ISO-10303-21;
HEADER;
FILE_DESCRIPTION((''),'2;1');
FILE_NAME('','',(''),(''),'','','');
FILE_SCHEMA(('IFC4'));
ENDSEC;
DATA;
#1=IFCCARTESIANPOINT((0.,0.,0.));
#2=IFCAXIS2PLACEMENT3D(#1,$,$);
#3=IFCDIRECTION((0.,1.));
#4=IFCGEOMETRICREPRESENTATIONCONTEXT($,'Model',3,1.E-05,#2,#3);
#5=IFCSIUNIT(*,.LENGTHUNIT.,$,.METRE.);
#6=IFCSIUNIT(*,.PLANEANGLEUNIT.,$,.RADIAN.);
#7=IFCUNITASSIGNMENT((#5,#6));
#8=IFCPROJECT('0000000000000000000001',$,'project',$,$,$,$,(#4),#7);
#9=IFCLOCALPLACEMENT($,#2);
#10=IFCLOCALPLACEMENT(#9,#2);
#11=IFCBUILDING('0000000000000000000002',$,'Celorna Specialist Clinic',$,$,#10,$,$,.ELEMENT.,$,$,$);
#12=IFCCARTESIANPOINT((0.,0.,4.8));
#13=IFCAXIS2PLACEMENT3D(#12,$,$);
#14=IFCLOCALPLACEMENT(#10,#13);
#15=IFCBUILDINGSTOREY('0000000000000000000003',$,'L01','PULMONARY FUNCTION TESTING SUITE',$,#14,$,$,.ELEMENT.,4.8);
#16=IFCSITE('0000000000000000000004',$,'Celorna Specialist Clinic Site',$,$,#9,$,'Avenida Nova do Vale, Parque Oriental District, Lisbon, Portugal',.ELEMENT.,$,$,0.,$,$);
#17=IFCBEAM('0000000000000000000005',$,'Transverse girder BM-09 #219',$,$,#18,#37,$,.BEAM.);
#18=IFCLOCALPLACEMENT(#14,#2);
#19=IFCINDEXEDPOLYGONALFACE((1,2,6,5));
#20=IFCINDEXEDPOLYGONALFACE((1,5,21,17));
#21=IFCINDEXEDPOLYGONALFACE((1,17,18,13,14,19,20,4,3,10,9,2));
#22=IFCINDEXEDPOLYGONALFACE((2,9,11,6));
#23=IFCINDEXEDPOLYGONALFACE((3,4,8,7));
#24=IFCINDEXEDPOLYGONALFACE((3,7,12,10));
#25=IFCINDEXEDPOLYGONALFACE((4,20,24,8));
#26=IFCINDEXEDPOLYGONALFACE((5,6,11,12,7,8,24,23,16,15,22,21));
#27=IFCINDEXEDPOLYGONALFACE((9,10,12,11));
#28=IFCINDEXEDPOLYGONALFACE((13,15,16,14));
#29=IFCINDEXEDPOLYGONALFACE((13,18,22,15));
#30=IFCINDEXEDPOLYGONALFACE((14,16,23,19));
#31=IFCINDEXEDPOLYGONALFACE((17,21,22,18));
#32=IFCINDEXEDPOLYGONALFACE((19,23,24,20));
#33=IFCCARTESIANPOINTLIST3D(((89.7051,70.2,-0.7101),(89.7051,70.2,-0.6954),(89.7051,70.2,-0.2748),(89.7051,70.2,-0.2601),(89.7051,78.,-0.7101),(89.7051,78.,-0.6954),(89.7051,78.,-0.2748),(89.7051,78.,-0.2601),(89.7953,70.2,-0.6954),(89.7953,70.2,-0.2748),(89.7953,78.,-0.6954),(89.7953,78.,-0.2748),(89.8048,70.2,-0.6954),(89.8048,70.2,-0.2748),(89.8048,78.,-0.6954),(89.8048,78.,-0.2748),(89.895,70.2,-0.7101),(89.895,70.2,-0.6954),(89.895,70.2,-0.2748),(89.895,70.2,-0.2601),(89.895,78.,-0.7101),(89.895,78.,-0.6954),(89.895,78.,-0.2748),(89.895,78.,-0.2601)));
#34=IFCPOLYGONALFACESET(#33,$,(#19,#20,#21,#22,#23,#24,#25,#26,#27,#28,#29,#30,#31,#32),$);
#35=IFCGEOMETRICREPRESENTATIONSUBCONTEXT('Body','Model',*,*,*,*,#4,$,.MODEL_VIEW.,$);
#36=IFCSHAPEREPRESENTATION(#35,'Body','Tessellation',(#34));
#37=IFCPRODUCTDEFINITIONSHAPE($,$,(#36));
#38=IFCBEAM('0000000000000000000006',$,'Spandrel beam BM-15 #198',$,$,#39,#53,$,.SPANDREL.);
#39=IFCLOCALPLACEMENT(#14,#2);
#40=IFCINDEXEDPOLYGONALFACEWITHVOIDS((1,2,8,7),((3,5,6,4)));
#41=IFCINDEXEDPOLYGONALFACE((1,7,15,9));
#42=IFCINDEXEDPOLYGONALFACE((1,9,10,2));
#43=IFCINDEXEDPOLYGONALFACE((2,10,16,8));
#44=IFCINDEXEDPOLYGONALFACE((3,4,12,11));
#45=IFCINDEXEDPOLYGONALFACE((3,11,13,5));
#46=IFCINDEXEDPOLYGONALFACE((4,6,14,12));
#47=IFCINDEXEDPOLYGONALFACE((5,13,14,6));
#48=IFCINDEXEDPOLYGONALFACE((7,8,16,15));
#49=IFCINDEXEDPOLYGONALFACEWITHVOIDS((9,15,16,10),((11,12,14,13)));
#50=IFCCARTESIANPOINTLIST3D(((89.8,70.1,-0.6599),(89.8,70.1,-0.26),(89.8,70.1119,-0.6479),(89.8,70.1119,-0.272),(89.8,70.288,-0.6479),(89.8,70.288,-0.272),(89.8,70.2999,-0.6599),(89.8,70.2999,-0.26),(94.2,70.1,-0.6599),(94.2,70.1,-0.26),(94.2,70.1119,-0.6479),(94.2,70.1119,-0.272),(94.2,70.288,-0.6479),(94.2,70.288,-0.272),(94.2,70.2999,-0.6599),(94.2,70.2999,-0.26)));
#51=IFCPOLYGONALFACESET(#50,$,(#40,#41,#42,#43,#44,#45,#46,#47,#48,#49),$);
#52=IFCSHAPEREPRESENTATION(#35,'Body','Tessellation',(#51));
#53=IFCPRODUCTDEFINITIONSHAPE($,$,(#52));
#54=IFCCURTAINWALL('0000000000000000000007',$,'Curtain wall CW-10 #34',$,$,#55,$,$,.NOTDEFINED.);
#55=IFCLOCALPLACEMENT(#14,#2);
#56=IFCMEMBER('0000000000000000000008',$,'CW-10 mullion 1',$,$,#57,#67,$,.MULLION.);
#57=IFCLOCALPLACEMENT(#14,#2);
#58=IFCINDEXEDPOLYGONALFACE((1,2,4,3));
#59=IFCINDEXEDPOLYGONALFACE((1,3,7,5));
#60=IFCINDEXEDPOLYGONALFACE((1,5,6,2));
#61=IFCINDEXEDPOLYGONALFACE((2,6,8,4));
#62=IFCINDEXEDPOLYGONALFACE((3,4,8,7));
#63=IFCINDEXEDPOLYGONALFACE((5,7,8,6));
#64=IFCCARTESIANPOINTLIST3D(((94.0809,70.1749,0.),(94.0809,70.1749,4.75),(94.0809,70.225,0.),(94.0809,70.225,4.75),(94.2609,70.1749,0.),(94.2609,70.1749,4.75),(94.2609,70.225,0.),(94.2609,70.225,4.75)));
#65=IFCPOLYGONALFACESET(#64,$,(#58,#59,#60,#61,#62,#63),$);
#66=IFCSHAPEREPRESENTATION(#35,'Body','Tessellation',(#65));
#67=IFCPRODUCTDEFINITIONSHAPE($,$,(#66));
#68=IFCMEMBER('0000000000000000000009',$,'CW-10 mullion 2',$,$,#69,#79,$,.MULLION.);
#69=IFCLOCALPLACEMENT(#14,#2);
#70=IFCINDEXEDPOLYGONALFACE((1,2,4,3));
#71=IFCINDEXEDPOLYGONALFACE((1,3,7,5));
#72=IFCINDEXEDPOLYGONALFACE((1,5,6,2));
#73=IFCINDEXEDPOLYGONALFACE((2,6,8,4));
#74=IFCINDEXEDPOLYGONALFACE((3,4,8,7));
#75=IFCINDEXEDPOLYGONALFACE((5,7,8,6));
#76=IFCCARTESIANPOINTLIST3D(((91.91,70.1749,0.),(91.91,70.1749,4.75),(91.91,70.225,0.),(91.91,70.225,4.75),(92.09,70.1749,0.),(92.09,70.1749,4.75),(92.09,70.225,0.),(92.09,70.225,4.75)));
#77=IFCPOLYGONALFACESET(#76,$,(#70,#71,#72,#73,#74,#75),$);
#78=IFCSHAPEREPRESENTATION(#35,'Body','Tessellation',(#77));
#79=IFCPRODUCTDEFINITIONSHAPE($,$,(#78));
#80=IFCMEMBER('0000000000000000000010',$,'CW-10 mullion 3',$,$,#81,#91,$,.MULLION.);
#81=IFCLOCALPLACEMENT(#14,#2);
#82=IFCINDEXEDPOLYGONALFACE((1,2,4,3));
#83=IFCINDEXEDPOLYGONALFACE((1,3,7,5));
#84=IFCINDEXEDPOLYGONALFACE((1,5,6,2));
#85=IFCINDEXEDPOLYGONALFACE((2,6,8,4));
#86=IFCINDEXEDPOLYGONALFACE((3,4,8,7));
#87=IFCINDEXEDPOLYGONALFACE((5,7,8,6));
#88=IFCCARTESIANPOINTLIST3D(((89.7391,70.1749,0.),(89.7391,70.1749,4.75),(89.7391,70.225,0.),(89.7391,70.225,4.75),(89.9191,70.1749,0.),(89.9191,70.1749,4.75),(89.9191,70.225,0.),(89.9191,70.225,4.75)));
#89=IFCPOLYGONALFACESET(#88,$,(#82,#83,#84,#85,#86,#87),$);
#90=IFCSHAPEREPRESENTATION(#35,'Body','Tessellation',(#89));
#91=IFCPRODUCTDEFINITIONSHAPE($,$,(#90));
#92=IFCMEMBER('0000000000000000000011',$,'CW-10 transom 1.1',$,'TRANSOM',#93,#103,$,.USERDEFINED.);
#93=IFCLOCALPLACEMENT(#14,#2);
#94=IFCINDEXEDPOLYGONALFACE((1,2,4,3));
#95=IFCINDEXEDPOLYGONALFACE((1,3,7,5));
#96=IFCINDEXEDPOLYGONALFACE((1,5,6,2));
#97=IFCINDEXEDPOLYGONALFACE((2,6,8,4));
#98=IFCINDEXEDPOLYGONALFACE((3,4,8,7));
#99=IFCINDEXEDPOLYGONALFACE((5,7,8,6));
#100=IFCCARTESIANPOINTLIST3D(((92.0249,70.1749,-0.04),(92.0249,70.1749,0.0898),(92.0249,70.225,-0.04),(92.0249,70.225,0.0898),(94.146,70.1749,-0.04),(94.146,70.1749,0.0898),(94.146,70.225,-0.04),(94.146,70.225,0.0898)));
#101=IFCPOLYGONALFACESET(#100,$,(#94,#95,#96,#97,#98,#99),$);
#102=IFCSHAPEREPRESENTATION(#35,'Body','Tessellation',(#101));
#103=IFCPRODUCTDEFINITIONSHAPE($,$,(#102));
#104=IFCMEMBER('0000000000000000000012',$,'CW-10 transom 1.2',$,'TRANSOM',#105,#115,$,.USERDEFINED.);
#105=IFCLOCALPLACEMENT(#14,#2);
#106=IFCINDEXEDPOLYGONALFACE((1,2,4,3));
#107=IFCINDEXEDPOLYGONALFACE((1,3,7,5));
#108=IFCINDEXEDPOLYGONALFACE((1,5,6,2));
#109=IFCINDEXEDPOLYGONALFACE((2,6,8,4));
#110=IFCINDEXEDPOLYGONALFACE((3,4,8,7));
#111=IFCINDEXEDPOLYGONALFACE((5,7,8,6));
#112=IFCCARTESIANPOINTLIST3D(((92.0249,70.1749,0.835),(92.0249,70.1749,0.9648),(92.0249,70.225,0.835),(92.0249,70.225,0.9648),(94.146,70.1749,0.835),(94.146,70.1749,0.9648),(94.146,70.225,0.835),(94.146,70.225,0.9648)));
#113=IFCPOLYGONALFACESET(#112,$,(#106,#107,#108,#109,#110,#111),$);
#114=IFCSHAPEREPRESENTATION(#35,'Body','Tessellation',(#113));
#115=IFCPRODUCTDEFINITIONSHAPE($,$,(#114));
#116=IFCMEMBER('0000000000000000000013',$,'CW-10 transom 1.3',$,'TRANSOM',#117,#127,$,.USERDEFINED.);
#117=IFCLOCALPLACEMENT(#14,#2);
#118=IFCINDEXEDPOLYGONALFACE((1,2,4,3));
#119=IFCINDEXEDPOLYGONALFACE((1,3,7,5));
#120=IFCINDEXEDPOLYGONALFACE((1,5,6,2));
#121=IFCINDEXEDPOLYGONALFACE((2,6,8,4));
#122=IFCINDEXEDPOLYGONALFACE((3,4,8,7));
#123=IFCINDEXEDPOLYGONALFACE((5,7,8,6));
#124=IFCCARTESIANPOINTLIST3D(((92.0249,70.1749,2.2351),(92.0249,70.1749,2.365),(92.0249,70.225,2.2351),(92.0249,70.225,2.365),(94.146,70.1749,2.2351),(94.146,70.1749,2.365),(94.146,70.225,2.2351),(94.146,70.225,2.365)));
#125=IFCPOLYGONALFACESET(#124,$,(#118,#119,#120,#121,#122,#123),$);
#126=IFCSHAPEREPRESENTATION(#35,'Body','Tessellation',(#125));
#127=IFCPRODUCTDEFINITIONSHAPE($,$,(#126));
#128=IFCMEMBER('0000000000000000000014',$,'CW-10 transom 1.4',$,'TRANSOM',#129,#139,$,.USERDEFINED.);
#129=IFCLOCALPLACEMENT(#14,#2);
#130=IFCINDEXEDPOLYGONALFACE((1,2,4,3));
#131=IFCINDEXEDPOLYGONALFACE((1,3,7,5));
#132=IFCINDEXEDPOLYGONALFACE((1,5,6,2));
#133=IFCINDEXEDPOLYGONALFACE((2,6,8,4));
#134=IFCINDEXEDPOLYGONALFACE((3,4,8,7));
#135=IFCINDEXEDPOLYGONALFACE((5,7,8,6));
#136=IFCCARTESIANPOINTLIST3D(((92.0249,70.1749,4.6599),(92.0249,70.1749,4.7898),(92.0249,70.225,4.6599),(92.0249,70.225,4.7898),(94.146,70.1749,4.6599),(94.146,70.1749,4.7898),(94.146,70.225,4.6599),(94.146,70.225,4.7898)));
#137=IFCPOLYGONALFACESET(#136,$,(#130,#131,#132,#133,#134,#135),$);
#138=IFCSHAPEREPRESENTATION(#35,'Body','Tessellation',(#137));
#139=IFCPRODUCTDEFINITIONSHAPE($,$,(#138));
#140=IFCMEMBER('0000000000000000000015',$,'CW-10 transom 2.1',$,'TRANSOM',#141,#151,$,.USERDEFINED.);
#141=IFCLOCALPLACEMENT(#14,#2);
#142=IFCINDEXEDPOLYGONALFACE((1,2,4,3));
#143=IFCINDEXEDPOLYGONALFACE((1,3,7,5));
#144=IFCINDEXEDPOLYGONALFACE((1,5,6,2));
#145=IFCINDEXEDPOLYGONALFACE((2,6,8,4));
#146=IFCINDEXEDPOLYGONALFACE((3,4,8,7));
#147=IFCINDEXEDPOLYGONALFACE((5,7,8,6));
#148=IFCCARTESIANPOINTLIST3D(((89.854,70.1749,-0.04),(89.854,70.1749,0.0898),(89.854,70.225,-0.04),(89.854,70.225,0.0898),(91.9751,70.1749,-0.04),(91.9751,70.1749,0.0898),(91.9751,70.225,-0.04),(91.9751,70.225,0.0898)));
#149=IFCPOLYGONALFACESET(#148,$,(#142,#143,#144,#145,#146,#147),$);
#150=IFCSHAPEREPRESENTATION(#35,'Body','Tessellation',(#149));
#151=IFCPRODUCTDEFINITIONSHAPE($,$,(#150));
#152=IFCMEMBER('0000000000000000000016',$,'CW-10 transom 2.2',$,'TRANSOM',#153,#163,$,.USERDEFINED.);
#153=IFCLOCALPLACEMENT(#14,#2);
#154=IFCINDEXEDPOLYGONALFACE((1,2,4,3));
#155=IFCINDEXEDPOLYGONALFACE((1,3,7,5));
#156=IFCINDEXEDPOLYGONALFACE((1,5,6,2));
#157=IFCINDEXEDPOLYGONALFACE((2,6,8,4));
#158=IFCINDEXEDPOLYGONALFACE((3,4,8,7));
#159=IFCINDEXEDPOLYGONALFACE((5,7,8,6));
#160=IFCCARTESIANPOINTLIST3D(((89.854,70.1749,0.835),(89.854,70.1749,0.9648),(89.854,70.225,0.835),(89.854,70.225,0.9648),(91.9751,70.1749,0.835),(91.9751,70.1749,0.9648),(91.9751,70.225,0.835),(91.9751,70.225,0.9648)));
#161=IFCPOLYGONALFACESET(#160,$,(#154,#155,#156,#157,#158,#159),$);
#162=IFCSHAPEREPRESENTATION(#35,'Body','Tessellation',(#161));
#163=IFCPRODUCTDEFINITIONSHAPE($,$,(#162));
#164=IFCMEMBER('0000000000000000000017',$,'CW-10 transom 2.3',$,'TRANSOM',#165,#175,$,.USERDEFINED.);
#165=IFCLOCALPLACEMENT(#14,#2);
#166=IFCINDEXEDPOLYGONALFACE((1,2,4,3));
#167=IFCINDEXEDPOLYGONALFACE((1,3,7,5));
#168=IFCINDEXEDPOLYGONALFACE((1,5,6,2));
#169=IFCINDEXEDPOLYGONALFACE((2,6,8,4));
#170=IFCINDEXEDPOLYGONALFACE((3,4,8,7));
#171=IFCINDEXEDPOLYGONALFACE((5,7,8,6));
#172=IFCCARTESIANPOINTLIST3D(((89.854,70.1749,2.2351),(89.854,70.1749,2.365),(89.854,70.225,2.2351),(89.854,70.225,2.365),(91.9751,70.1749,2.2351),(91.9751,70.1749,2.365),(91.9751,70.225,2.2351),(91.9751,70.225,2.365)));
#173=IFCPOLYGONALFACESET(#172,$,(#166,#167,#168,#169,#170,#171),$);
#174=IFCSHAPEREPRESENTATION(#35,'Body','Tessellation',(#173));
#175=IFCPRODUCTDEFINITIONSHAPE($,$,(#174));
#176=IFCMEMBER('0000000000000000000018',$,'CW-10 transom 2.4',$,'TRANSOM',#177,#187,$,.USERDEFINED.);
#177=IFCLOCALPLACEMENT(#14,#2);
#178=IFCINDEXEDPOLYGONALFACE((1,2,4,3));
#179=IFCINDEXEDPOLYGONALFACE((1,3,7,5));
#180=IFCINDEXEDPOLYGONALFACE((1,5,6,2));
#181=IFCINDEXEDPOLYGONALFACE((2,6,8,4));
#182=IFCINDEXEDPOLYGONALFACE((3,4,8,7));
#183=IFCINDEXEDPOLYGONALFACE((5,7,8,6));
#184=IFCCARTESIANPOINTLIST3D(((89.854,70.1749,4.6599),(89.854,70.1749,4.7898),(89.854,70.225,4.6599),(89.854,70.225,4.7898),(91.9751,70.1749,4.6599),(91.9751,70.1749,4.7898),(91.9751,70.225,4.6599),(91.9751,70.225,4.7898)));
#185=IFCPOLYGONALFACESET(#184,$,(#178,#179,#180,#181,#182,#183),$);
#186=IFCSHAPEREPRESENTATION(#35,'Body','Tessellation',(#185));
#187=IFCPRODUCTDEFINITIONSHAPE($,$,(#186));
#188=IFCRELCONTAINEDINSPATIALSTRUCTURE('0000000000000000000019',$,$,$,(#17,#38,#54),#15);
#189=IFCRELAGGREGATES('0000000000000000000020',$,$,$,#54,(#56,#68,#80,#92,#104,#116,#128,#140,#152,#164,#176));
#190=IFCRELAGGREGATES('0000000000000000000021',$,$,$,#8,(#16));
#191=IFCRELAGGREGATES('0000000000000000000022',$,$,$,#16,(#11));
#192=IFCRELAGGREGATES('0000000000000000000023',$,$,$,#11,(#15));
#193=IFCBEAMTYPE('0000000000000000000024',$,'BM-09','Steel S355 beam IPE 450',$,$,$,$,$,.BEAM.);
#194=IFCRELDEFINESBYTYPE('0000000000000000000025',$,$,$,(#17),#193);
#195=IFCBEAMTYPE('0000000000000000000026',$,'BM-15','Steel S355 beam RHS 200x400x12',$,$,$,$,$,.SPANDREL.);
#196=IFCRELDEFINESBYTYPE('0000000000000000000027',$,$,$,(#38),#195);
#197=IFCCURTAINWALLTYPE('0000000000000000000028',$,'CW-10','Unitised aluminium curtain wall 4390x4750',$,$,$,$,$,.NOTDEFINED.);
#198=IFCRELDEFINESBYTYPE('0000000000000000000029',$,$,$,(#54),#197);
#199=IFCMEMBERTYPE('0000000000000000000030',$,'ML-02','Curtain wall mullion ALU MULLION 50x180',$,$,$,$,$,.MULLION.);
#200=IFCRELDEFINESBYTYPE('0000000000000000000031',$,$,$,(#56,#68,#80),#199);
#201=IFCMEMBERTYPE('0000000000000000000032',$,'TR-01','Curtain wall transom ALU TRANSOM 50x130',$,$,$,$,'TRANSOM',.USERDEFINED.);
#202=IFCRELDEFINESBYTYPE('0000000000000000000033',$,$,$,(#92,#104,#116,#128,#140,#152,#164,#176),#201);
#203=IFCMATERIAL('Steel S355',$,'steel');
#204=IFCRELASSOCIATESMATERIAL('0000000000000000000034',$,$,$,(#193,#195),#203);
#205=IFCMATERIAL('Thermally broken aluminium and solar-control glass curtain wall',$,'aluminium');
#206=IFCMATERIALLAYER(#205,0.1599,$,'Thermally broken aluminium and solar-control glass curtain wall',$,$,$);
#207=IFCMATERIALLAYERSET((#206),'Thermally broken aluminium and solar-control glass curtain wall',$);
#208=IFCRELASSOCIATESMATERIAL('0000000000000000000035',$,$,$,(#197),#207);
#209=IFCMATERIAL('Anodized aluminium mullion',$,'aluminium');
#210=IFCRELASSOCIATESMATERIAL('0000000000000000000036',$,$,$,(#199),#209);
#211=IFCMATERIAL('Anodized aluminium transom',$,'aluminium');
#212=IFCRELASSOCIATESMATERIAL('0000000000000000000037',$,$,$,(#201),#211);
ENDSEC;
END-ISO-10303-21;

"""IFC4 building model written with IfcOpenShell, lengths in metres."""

from ifc_helpers import new_model, si_unit, direction, frame, origin, origin_2d, place, context, subcontext, project, spatial, rectangle, hollow_rectangle, i_section, extrude, material, layer, layer_set, material_profile, profile_set, type_object, element, aggregate, save


model = new_model("IFC4")

# Units and contexts
model_context = context("Model", 3, precision=1e-05, world=origin(), true_north=direction((0.0, 1.0)))
body_context = subcontext(model_context, "Body", "Model", "MODEL_VIEW")
ifc_project = project(units=[si_unit("LENGTHUNIT", "METRE"), si_unit("PLANEANGLEUNIT", "RADIAN")], contexts=[model_context])

# Site, building, storey
site_placement = place(None, origin())
site = spatial("IfcSite", under=ifc_project, at=site_placement, Name="Celorna Specialist Clinic Site", LongName="Avenida Nova do Vale, Parque Oriental District, Lisbon, Portugal", CompositionType="ELEMENT", RefElevation=0.0)
building_placement = place(site_placement, origin())
building = spatial("IfcBuilding", under=site, at=building_placement, Name="Celorna Specialist Clinic", CompositionType="ELEMENT")
storey_placement = place(building_placement, frame((0.0, 0.0, 4.8)))
storey = spatial("IfcBuildingStorey", under=building, at=storey_placement, Name="L01", Description="PULMONARY FUNCTION TESTING SUITE", CompositionType="ELEMENT", Elevation=4.8)

# Beams
ifc_material_1 = material(Name="Steel S355", Category="steel")
ifc_material_profile_1 = material_profile(ifc_material_1, i_section(OverallWidth=0.1899, OverallDepth=0.45, WebThickness=0.0095, FlangeThickness=0.0146, at=origin_2d()), Name="IPE 450")
ifc_profile_set_1 = profile_set([ifc_material_profile_1], Name="Steel S355")
beam_type_1 = type_object("IfcBeamType", Name="BM-09", Description="Steel S355 beam IPE 450", PredefinedType="BEAM", material=ifc_profile_set_1)
beam_1_placement = place(storey_placement, frame((89.8, 70.2, -0.4851), z_axis=(0.0, 1.0, 0.0), x_axis=(-1.0, 0.0, 0.0)))
element("IfcBeam", 1, at=beam_1_placement, inside=storey, type_object=beam_type_1, Name="Transverse girder BM-09 #219", PredefinedType="BEAM", context=body_context, shape_type="SweptSolid", body=[
    extrude(i_section(OverallWidth=0.1899, OverallDepth=0.45, WebThickness=0.0095, FlangeThickness=0.0146, at=origin_2d()), origin(), (0.0, 0.0, 1.0), 7.8),
])
ifc_material_profile_2 = material_profile(ifc_material_1, hollow_rectangle(XDim=0.2, YDim=0.3999, WallThickness=0.012, at=origin_2d()), Name="RHS 200x400x12")
ifc_profile_set_2 = profile_set([ifc_material_profile_2], Name="Steel S355")
beam_type_2 = type_object("IfcBeamType", Name="BM-15", Description="Steel S355 beam RHS 200x400x12", PredefinedType="SPANDREL", material=ifc_profile_set_2)
beam_2_placement = place(storey_placement, frame((89.8, 70.2, -0.46), z_axis=(1.0, 0.0, 0.0), x_axis=(0.0, 1.0, 0.0)))
element("IfcBeam", 2, at=beam_2_placement, inside=storey, type_object=beam_type_2, Name="Spandrel beam BM-15 #198", PredefinedType="SPANDREL", context=body_context, shape_type="SweptSolid", body=[
    extrude(hollow_rectangle(XDim=0.2, YDim=0.3999, WallThickness=0.012, at=origin_2d()), origin(), (0.0, 0.0, 1.0), 4.3999),
])

# Curtain wall, members
ifc_material_2 = material(Name="Thermally broken aluminium and solar-control glass curtain wall", Category="aluminium")
ifc_layer_1 = layer(ifc_material_2, 0.1599, Name="Thermally broken aluminium and solar-control glass curtain wall")
ifc_layer_set_1 = layer_set([ifc_layer_1], Name="Thermally broken aluminium and solar-control glass curtain wall")
curtain_wall_type = type_object("IfcCurtainWallType", Name="CW-10", Description="Unitised aluminium curtain wall 4390x4750", PredefinedType="NOTDEFINED", material=ifc_layer_set_1)
curtain_wall_placement = place(storey_placement, origin())
curtain_wall = element("IfcCurtainWall", 3, at=curtain_wall_placement, inside=storey, type_object=curtain_wall_type, Name="Curtain wall CW-10 #34", PredefinedType="NOTDEFINED")
ifc_material_3 = material(Name="Anodized aluminium mullion", Category="aluminium")
ifc_material_profile_3 = material_profile(ifc_material_3, rectangle(XDim=0.05, YDim=0.1799, at=origin_2d()), Name="ALU MULLION 50x180")
ifc_profile_set_3 = profile_set([ifc_material_profile_3], Name="Anodized aluminium mullion")
member_type_1 = type_object("IfcMemberType", Name="ML-02", Description="Curtain wall mullion ALU MULLION 50x180", PredefinedType="MULLION", material=ifc_profile_set_3)
member_1_placement = place(storey_placement, frame((94.1709, 70.2, 0.0), z_axis=(0.0, 0.0, 1.0), x_axis=(0.0, -1.0, 0.0)))
member_1 = element("IfcMember", 4, at=member_1_placement, type_object=member_type_1, Name="CW-10 mullion 1", PredefinedType="MULLION", context=body_context, shape_type="SweptSolid", body=[
    extrude(rectangle(XDim=0.05, YDim=0.1799, at=origin_2d()), origin(), (0.0, 0.0, 1.0), 4.75),
])
member_2_placement = place(storey_placement, frame((92.0, 70.2, 0.0), z_axis=(0.0, 0.0, 1.0), x_axis=(0.0, -1.0, 0.0)))
member_2 = element("IfcMember", 5, at=member_2_placement, type_object=member_type_1, Name="CW-10 mullion 2", PredefinedType="MULLION", context=body_context, shape_type="SweptSolid", body=[
    extrude(rectangle(XDim=0.05, YDim=0.1799, at=origin_2d()), origin(), (0.0, 0.0, 1.0), 4.75),
])
member_3_placement = place(storey_placement, frame((89.8291, 70.2, 0.0), z_axis=(0.0, 0.0, 1.0), x_axis=(0.0, -1.0, 0.0)))
member_3 = element("IfcMember", 6, at=member_3_placement, type_object=member_type_1, Name="CW-10 mullion 3", PredefinedType="MULLION", context=body_context, shape_type="SweptSolid", body=[
    extrude(rectangle(XDim=0.05, YDim=0.1799, at=origin_2d()), origin(), (0.0, 0.0, 1.0), 4.75),
])
ifc_material_4 = material(Name="Anodized aluminium transom", Category="aluminium")
ifc_material_profile_4 = material_profile(ifc_material_4, rectangle(XDim=0.05, YDim=0.1299, at=origin_2d()), Name="ALU TRANSOM 50x130")
ifc_profile_set_4 = profile_set([ifc_material_profile_4], Name="Anodized aluminium transom")
member_type_2 = type_object("IfcMemberType", Name="TR-01", Description="Curtain wall transom ALU TRANSOM 50x130", ElementType="TRANSOM", PredefinedType="USERDEFINED", material=ifc_profile_set_4)
member_4_placement = place(storey_placement, frame((94.146, 70.2, 0.0249), z_axis=(-1.0, 0.0, 0.0), x_axis=(0.0, -1.0, 0.0)))
member_4 = element("IfcMember", 7, at=member_4_placement, type_object=member_type_2, Name="CW-10 transom 1.1", ObjectType="TRANSOM", PredefinedType="USERDEFINED", context=body_context, shape_type="SweptSolid", body=[
    extrude(rectangle(XDim=0.05, YDim=0.1299, at=origin_2d()), origin(), (0.0, 0.0, 1.0), 2.1211),
])
member_5_placement = place(storey_placement, frame((94.146, 70.2, 0.8999), z_axis=(-1.0, 0.0, 0.0), x_axis=(0.0, -1.0, 0.0)))
member_5 = element("IfcMember", 8, at=member_5_placement, type_object=member_type_2, Name="CW-10 transom 1.2", ObjectType="TRANSOM", PredefinedType="USERDEFINED", context=body_context, shape_type="SweptSolid", body=[
    extrude(rectangle(XDim=0.05, YDim=0.1299, at=origin_2d()), origin(), (0.0, 0.0, 1.0), 2.1211),
])
member_6_placement = place(storey_placement, frame((94.146, 70.2, 2.3), z_axis=(-1.0, 0.0, 0.0), x_axis=(0.0, -1.0, 0.0)))
member_6 = element("IfcMember", 9, at=member_6_placement, type_object=member_type_2, Name="CW-10 transom 1.3", ObjectType="TRANSOM", PredefinedType="USERDEFINED", context=body_context, shape_type="SweptSolid", body=[
    extrude(rectangle(XDim=0.05, YDim=0.1299, at=origin_2d()), origin(), (0.0, 0.0, 1.0), 2.1211),
])
member_7_placement = place(storey_placement, frame((94.146, 70.2, 4.7249), z_axis=(-1.0, 0.0, 0.0), x_axis=(0.0, -1.0, 0.0)))
member_7 = element("IfcMember", 10, at=member_7_placement, type_object=member_type_2, Name="CW-10 transom 1.4", ObjectType="TRANSOM", PredefinedType="USERDEFINED", context=body_context, shape_type="SweptSolid", body=[
    extrude(rectangle(XDim=0.05, YDim=0.1299, at=origin_2d()), origin(), (0.0, 0.0, 1.0), 2.1211),
])
member_8_placement = place(storey_placement, frame((91.9751, 70.2, 0.0249), z_axis=(-1.0, 0.0, 0.0), x_axis=(0.0, -1.0, 0.0)))
member_8 = element("IfcMember", 11, at=member_8_placement, type_object=member_type_2, Name="CW-10 transom 2.1", ObjectType="TRANSOM", PredefinedType="USERDEFINED", context=body_context, shape_type="SweptSolid", body=[
    extrude(rectangle(XDim=0.05, YDim=0.1299, at=origin_2d()), origin(), (0.0, 0.0, 1.0), 2.1211),
])
member_9_placement = place(storey_placement, frame((91.9751, 70.2, 0.8999), z_axis=(-1.0, 0.0, 0.0), x_axis=(0.0, -1.0, 0.0)))
member_9 = element("IfcMember", 12, at=member_9_placement, type_object=member_type_2, Name="CW-10 transom 2.2", ObjectType="TRANSOM", PredefinedType="USERDEFINED", context=body_context, shape_type="SweptSolid", body=[
    extrude(rectangle(XDim=0.05, YDim=0.1299, at=origin_2d()), origin(), (0.0, 0.0, 1.0), 2.1211),
])
member_10_placement = place(storey_placement, frame((91.9751, 70.2, 2.3), z_axis=(-1.0, 0.0, 0.0), x_axis=(0.0, -1.0, 0.0)))
member_10 = element("IfcMember", 13, at=member_10_placement, type_object=member_type_2, Name="CW-10 transom 2.3", ObjectType="TRANSOM", PredefinedType="USERDEFINED", context=body_context, shape_type="SweptSolid", body=[
    extrude(rectangle(XDim=0.05, YDim=0.1299, at=origin_2d()), origin(), (0.0, 0.0, 1.0), 2.1211),
])
member_11_placement = place(storey_placement, frame((91.9751, 70.2, 4.7249), z_axis=(-1.0, 0.0, 0.0), x_axis=(0.0, -1.0, 0.0)))
member_11 = element("IfcMember", 14, at=member_11_placement, type_object=member_type_2, Name="CW-10 transom 2.4", ObjectType="TRANSOM", PredefinedType="USERDEFINED", context=body_context, shape_type="SweptSolid", body=[
    extrude(rectangle(XDim=0.05, YDim=0.1299, at=origin_2d()), origin(), (0.0, 0.0, 1.0), 2.1211),
])
aggregate(curtain_wall, [member_1, member_2, member_3, member_4, member_5, member_6, member_7, member_8, member_9, member_10, member_11])

save(model, "model.ifc")
